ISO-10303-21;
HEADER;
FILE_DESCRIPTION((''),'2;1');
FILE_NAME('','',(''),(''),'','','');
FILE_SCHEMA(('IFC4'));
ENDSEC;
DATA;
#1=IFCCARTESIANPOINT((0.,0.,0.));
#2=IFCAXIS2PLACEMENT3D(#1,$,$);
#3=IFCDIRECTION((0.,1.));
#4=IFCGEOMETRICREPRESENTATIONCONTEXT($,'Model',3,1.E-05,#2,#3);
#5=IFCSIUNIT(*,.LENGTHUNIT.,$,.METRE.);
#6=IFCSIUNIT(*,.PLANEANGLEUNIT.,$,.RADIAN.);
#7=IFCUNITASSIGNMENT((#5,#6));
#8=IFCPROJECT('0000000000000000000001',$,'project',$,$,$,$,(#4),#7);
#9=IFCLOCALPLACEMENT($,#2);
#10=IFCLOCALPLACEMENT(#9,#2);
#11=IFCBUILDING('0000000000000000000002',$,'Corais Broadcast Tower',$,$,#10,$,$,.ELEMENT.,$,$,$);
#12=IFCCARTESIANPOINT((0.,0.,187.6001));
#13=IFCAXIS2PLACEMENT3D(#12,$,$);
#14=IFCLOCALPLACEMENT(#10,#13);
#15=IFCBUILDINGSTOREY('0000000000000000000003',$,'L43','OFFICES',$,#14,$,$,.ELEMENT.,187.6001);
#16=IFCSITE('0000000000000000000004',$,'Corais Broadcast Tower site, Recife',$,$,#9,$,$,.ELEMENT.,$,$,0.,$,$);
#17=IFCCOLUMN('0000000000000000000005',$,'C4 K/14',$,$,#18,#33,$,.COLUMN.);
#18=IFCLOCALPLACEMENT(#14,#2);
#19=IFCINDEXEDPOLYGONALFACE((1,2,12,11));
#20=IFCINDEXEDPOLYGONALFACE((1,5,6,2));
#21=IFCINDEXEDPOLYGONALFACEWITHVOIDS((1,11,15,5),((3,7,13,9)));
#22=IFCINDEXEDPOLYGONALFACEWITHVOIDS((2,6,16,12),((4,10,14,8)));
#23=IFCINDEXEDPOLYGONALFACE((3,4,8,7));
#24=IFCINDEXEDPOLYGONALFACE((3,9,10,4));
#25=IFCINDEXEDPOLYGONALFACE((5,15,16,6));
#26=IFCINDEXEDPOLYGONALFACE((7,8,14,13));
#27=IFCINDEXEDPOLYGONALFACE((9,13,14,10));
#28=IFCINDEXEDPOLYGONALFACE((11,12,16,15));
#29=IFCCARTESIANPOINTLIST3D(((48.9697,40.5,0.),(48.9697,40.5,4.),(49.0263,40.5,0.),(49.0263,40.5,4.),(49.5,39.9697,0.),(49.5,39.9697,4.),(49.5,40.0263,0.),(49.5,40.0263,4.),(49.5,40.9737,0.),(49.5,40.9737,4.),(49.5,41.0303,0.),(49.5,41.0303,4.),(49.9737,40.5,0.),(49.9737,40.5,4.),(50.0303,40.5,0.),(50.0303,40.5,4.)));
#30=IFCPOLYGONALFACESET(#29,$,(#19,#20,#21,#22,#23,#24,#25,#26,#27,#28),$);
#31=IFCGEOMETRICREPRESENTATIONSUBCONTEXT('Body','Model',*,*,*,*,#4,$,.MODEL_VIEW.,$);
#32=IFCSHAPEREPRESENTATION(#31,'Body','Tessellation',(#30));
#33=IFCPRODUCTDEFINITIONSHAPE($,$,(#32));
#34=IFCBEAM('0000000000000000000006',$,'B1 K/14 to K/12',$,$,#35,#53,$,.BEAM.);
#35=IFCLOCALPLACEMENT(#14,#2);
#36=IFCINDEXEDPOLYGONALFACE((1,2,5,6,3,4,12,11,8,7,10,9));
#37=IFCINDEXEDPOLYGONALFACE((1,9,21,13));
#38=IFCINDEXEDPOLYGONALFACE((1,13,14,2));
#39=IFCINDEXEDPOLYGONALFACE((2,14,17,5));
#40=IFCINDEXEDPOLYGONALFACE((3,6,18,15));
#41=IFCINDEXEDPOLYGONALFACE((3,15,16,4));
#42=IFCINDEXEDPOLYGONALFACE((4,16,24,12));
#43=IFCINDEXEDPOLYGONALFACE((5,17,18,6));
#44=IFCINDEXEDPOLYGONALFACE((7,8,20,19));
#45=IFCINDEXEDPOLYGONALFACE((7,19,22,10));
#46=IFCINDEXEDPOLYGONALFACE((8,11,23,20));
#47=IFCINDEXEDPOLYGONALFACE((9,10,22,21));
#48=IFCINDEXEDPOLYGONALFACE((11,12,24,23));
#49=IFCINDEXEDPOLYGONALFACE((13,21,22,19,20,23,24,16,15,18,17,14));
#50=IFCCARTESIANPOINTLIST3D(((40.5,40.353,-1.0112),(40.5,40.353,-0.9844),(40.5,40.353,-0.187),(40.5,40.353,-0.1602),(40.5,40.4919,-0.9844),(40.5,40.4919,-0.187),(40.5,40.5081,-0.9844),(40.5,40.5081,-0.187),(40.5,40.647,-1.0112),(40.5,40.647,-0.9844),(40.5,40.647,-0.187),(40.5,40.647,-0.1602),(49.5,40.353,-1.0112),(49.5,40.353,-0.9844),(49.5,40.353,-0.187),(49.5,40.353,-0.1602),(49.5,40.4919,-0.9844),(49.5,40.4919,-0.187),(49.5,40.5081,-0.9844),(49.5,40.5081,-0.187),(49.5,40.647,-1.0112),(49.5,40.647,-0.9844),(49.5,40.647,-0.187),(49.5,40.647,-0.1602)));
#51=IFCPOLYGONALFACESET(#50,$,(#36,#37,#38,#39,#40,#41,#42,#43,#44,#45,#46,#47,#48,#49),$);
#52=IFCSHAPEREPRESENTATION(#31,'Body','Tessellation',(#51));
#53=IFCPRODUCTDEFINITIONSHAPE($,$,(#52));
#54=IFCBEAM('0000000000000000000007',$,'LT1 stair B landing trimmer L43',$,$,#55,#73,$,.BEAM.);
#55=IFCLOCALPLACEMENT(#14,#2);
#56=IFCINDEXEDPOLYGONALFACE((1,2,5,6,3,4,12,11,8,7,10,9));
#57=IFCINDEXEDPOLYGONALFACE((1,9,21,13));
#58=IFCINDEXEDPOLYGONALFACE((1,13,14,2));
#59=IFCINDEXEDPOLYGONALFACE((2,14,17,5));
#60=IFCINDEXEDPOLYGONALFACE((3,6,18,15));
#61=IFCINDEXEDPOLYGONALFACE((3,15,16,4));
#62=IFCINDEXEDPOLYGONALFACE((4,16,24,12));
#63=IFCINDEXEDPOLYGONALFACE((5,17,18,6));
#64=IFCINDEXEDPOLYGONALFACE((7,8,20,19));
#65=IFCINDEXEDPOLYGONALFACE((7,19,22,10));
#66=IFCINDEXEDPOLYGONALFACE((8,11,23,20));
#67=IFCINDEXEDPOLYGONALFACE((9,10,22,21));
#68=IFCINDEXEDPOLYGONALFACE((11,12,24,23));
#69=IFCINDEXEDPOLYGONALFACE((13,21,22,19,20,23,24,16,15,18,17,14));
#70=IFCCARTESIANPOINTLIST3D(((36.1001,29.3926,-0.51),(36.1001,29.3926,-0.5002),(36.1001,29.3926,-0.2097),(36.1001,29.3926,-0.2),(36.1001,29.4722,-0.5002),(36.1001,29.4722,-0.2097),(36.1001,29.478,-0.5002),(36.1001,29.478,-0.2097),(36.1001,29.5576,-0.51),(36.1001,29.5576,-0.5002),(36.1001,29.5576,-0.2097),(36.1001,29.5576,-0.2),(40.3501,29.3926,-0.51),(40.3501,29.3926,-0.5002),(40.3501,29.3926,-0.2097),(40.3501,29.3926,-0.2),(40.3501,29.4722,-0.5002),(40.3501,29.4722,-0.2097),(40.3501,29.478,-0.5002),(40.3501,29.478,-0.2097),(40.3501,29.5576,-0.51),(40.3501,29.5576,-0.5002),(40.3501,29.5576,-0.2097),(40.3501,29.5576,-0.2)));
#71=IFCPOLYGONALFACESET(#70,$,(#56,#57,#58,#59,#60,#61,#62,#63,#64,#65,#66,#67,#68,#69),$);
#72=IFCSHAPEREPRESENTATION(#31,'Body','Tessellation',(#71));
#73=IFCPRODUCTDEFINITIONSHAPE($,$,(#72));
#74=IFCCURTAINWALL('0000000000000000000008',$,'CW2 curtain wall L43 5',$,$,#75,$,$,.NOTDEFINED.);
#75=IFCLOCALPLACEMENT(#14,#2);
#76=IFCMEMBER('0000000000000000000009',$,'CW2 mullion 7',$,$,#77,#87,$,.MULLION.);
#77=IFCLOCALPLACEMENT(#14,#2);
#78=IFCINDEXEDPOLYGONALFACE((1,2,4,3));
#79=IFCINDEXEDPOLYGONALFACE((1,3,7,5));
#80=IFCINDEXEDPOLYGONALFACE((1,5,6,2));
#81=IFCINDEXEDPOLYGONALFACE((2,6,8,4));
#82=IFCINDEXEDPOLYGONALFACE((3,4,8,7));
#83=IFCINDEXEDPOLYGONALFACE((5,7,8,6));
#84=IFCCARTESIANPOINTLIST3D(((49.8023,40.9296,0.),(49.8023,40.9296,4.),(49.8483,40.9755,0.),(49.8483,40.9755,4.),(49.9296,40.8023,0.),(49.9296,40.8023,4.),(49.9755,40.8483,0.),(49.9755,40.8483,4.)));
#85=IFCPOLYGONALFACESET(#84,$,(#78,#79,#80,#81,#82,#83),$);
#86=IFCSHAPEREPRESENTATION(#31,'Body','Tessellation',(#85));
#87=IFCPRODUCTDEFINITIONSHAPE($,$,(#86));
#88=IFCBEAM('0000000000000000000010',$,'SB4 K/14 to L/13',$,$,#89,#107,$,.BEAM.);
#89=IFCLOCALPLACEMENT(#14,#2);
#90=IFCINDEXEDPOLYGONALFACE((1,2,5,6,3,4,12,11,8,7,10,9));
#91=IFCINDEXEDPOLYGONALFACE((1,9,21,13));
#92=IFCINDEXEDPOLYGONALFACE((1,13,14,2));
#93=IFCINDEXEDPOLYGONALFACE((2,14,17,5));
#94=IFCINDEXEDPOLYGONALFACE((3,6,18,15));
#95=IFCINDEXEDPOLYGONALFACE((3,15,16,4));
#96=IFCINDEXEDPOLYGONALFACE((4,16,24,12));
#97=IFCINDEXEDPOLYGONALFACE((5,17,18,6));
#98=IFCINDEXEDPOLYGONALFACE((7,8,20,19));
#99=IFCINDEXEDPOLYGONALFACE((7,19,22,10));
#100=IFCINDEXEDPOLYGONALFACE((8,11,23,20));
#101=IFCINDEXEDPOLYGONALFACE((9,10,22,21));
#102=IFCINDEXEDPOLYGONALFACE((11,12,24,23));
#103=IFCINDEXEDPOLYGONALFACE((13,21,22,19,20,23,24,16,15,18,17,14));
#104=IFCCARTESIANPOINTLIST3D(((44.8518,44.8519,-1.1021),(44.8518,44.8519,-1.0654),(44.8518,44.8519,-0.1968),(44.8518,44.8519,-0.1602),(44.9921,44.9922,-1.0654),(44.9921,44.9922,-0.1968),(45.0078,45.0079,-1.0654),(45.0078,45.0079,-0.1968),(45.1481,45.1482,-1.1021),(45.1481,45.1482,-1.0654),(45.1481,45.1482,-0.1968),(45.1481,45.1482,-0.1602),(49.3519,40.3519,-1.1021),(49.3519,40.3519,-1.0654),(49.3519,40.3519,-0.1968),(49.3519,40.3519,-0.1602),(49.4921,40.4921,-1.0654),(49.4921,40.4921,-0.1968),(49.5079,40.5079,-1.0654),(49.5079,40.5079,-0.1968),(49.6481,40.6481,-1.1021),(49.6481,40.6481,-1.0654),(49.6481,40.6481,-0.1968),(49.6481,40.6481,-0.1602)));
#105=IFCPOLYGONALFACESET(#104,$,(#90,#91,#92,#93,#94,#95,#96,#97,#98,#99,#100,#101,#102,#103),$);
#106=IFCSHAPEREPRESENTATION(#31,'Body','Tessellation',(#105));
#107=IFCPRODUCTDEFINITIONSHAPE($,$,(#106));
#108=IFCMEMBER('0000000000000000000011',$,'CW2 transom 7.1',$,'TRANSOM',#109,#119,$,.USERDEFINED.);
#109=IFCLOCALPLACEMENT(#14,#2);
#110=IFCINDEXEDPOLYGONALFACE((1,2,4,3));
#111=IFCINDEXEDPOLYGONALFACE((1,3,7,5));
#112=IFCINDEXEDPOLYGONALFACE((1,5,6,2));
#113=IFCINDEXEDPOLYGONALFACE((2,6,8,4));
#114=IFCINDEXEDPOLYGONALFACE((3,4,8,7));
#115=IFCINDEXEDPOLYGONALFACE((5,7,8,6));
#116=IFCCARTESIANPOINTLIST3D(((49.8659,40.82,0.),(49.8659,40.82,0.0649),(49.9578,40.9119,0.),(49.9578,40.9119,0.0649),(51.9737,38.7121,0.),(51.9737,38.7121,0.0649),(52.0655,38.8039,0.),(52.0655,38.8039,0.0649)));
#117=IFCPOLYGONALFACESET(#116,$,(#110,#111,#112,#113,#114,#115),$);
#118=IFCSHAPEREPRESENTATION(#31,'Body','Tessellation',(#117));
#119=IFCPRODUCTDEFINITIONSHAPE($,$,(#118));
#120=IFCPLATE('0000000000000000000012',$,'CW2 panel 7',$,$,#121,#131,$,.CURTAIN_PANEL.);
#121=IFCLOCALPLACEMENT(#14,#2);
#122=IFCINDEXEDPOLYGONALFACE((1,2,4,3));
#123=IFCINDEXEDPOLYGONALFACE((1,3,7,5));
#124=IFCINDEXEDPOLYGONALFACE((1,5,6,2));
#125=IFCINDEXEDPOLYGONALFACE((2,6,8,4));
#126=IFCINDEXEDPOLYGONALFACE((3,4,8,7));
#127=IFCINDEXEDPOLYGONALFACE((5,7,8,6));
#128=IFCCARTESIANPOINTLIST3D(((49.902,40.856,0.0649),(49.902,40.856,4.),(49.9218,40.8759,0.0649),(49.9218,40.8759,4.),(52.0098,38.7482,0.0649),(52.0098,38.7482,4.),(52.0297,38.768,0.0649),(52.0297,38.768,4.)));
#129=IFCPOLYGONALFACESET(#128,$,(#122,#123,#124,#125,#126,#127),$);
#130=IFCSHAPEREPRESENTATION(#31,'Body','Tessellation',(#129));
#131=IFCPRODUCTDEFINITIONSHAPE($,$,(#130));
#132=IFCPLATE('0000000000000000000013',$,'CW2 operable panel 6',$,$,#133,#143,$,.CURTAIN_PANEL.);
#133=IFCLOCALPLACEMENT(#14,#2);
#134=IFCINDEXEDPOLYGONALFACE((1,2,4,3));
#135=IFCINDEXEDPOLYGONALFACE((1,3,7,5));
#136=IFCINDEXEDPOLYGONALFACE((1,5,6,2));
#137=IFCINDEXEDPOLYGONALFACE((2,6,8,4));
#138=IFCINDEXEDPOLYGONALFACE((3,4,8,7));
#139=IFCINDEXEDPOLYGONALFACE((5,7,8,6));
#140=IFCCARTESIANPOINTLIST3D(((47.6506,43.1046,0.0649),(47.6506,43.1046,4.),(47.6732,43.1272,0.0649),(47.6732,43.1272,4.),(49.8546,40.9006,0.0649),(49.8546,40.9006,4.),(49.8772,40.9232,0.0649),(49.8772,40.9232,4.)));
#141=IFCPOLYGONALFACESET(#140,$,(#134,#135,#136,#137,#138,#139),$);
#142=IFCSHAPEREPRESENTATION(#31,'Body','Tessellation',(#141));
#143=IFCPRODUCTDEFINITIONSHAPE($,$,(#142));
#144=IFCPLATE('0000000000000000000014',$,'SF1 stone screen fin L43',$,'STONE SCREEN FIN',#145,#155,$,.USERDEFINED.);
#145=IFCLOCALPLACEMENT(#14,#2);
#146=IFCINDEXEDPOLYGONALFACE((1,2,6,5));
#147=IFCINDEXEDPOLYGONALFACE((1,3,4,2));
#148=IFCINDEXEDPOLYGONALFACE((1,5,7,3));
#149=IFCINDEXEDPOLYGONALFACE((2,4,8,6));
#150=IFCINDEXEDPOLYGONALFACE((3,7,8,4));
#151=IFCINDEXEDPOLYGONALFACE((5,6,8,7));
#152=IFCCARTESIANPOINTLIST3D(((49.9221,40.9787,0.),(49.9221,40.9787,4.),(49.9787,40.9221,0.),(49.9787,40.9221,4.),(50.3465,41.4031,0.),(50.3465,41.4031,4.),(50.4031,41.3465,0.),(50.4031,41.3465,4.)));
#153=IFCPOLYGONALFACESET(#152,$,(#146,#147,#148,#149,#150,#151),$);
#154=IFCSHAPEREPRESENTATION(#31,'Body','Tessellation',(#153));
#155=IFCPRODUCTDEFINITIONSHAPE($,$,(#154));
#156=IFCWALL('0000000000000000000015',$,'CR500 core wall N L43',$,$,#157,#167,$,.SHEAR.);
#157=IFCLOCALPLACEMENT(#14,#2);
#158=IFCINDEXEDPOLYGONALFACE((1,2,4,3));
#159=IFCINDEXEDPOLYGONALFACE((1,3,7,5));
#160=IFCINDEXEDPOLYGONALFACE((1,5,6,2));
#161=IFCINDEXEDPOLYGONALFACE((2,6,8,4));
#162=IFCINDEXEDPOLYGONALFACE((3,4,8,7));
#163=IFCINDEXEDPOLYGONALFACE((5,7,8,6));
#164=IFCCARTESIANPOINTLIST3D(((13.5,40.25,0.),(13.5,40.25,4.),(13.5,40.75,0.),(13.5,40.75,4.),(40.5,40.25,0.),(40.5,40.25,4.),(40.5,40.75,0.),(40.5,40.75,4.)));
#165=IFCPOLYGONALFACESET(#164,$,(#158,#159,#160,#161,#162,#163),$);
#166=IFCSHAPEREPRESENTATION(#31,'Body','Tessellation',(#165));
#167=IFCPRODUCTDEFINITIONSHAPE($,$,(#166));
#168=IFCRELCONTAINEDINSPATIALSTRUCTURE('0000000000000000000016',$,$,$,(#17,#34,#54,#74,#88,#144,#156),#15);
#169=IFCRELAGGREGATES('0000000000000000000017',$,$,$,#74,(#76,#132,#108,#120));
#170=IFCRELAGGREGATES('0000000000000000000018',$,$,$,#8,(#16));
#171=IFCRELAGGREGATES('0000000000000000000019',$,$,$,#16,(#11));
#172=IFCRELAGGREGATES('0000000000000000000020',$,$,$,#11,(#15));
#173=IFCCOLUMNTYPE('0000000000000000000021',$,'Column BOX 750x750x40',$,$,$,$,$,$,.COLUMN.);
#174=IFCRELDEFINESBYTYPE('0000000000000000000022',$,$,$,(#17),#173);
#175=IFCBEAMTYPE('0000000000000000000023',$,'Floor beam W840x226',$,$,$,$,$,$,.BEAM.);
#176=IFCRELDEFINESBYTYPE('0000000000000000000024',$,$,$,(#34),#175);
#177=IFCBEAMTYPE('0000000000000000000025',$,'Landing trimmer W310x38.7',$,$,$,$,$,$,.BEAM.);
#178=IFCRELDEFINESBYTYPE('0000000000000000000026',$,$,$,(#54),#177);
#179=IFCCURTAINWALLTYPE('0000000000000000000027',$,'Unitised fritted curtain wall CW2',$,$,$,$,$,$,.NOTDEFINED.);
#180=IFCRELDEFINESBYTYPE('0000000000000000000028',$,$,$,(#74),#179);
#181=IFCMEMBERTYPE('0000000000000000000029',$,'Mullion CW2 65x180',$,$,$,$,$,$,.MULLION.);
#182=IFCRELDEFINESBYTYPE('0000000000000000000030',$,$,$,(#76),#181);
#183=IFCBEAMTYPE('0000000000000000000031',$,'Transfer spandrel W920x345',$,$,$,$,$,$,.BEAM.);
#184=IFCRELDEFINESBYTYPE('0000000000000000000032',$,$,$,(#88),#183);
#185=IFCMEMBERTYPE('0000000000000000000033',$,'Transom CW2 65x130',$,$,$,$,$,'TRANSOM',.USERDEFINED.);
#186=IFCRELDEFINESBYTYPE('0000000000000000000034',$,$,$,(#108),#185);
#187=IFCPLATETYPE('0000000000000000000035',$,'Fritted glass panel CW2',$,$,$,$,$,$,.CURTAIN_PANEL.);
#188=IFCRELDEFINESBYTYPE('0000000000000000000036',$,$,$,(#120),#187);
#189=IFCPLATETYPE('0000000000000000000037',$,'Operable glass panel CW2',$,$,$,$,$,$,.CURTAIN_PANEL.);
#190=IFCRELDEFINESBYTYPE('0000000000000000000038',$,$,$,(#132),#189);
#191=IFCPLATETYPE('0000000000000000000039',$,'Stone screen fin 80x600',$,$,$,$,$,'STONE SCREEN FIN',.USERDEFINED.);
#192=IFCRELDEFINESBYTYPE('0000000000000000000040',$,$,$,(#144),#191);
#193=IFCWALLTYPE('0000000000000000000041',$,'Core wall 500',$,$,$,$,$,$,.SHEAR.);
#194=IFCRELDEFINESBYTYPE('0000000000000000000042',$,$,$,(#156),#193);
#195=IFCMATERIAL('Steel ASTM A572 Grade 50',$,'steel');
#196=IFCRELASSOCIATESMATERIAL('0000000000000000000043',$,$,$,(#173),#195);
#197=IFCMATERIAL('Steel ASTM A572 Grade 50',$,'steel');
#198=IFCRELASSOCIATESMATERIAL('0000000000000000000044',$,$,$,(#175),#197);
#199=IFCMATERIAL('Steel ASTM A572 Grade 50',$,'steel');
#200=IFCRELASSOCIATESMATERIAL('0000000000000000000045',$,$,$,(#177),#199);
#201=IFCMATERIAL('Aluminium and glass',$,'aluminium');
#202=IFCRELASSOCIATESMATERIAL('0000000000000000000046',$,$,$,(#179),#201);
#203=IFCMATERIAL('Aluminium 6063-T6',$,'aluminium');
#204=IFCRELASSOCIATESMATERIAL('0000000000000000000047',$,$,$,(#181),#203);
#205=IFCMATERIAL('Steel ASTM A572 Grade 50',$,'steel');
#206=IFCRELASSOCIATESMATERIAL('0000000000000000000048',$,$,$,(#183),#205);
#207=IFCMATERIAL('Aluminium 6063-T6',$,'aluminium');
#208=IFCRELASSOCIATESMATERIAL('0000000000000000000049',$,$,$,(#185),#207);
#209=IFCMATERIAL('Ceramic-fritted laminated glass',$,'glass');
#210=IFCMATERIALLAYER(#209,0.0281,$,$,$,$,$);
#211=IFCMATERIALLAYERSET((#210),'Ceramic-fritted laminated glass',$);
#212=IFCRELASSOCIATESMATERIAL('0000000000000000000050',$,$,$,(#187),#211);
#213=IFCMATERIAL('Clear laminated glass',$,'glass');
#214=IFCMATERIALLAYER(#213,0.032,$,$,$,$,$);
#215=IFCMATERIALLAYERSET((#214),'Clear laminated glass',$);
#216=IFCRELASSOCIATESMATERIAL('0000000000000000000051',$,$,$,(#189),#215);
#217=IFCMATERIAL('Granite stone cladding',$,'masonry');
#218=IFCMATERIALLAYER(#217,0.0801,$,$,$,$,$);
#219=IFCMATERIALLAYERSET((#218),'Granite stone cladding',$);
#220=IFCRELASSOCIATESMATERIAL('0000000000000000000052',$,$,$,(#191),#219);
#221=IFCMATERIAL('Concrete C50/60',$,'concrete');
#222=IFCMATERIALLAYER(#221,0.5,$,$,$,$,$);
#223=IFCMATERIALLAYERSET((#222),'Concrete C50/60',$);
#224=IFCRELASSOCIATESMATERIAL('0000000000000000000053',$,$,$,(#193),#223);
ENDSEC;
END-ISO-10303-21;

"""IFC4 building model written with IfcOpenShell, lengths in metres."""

from ifc_helpers import new_model, si_unit, direction, frame, frame_2d, origin, origin_2d, place, context, subcontext, project, spatial, rectangle, hollow_rectangle, i_section, extrude, material, layer, layer_set, material_profile, profile_set, type_object, element, aggregate, save


model = new_model("IFC4")

# Units and contexts
model_context = context("Model", 3, precision=1e-05, world=origin(), true_north=direction((0.0, 1.0)))
body_context = subcontext(model_context, "Body", "Model", "MODEL_VIEW")
ifc_project = project(units=[si_unit("LENGTHUNIT", "METRE"), si_unit("PLANEANGLEUNIT", "RADIAN")], contexts=[model_context])

# Site, building, storey
site_placement = place(None, origin())
site = spatial("IfcSite", under=ifc_project, at=site_placement, Name="Corais Broadcast Tower site, Recife", CompositionType="ELEMENT", RefElevation=0.0)
building_placement = place(site_placement, origin())
building = spatial("IfcBuilding", under=site, at=building_placement, Name="Corais Broadcast Tower", CompositionType="ELEMENT")
storey_placement = place(building_placement, frame((0.0, 0.0, 187.6001)))
storey = spatial("IfcBuildingStorey", under=building, at=storey_placement, Name="L43", Description="OFFICES", CompositionType="ELEMENT", Elevation=187.6001)

# Column
ifc_material_1 = material(Name="Steel ASTM A572 Grade 50", Category="steel")
ifc_material_profile_1 = material_profile(ifc_material_1, hollow_rectangle(XDim=0.75, YDim=0.75, WallThickness=0.04, at=origin_2d()), Name="BOX 750x750x40")
ifc_profile_set_1 = profile_set([ifc_material_profile_1], Name="Steel ASTM A572 Grade 50")
column_type = type_object("IfcColumnType", Name="Column BOX 750x750x40", PredefinedType="COLUMN", material=ifc_profile_set_1)
column_placement = place(storey_placement, frame((49.5, 40.5, 0.0), z_axis=(0.0, 0.0, 1.0), x_axis=(0.707107, 0.707107, 0.0)))
element("IfcColumn", 1, at=column_placement, inside=storey, type_object=column_type, Name="C4 K/14", PredefinedType="COLUMN", context=body_context, shape_type="SweptSolid", body=[
    extrude(hollow_rectangle(XDim=0.75, YDim=0.75, WallThickness=0.04, at=origin_2d()), origin(), (0.0, 0.0, 1.0), 4.0),
])

# Beams
ifc_material_2 = material(Name="Steel ASTM A572 Grade 50", Category="steel")
ifc_material_profile_2 = material_profile(ifc_material_2, i_section(OverallWidth=0.2939, OverallDepth=0.8511, WebThickness=0.0161, FlangeThickness=0.0269, at=origin_2d()), Name="W840x226")
ifc_profile_set_2 = profile_set([ifc_material_profile_2], Name="Steel ASTM A572 Grade 50")
beam_type_1 = type_object("IfcBeamType", Name="Floor beam W840x226", PredefinedType="BEAM", material=ifc_profile_set_2)
beam_1_placement = place(storey_placement, frame((49.5, 40.5, -0.5857), z_axis=(-1.0, 0.0, 0.0), x_axis=(0.0, -1.0, 0.0)))
element("IfcBeam", 2, at=beam_1_placement, inside=storey, type_object=beam_type_1, Name="B1 K/14 to K/12", PredefinedType="BEAM", context=body_context, shape_type="SweptSolid", body=[
    extrude(i_section(OverallWidth=0.2939, OverallDepth=0.8511, WebThickness=0.0161, FlangeThickness=0.0269, at=origin_2d()), origin(), (0.0, 0.0, 1.0), 9.0),
])
ifc_material_3 = material(Name="Steel ASTM A572 Grade 50", Category="steel")
ifc_material_profile_3 = material_profile(ifc_material_3, i_section(OverallWidth=0.165, OverallDepth=0.3101, WebThickness=0.0059, FlangeThickness=0.0098, at=origin_2d()), Name="W310x38.7")
ifc_profile_set_3 = profile_set([ifc_material_profile_3], Name="Steel ASTM A572 Grade 50")
beam_type_2 = type_object("IfcBeamType", Name="Landing trimmer W310x38.7", PredefinedType="BEAM", material=ifc_profile_set_3)
beam_2_placement = place(storey_placement, frame((36.1001, 29.4751, -0.355), z_axis=(1.0, 0.0, 0.0), x_axis=(0.0, 1.0, 0.0)))
element("IfcBeam", 3, at=beam_2_placement, inside=storey, type_object=beam_type_2, Name="LT1 stair B landing trimmer L43", PredefinedType="BEAM", context=body_context, shape_type="SweptSolid", body=[
    extrude(i_section(OverallWidth=0.165, OverallDepth=0.3101, WebThickness=0.0059, FlangeThickness=0.0098, at=origin_2d()), origin(), (0.0, 0.0, 1.0), 4.25),
])

# Curtain wall, member
ifc_material_4 = material(Name="Aluminium and glass", Category="aluminium")
curtain_wall_type = type_object("IfcCurtainWallType", Name="Unitised fritted curtain wall CW2", PredefinedType="NOTDEFINED", material=ifc_material_4)
curtain_wall_placement = place(storey_placement, origin())
curtain_wall = element("IfcCurtainWall", 4, at=curtain_wall_placement, inside=storey, type_object=curtain_wall_type, Name="CW2 curtain wall L43 5", PredefinedType="NOTDEFINED")
ifc_material_5 = material(Name="Aluminium 6063-T6", Category="aluminium")
ifc_material_profile_4 = material_profile(ifc_material_5, rectangle(XDim=0.0649, YDim=0.1799, at=origin_2d()), Name="Mullion CW2 65x180")
ifc_profile_set_4 = profile_set([ifc_material_profile_4], Name="Aluminium 6063-T6")
member_type_1 = type_object("IfcMemberType", Name="Mullion CW2 65x180", PredefinedType="MULLION", material=ifc_profile_set_4)
member_1_placement = place(storey_placement, frame((49.8889, 40.8889, 0.0), z_axis=(0.0, 0.0, 1.0), x_axis=(0.707107, 0.707107, 0.0)))
member_1 = element("IfcMember", 5, at=member_1_placement, type_object=member_type_1, Name="CW2 mullion 7", PredefinedType="MULLION", context=body_context, shape_type="SweptSolid", body=[
    extrude(rectangle(XDim=0.0649, YDim=0.1799, at=origin_2d()), origin(), (0.0, 0.0, 1.0), 4.0),
])

# Beam
ifc_material_6 = material(Name="Steel ASTM A572 Grade 50", Category="steel")
ifc_material_profile_5 = material_profile(ifc_material_6, i_section(OverallWidth=0.4189, OverallDepth=0.9419, WebThickness=0.0222, FlangeThickness=0.0366, at=origin_2d()), Name="W920x345")
ifc_profile_set_5 = profile_set([ifc_material_profile_5], Name="Steel ASTM A572 Grade 50")
beam_type_3 = type_object("IfcBeamType", Name="Transfer spandrel W920x345", PredefinedType="BEAM", material=ifc_profile_set_5)
beam_3_placement = place(storey_placement, frame((49.5, 40.5, -0.6311), z_axis=(-0.707107, 0.707107, 0.0), x_axis=(-0.707107, -0.707107, 0.0)))
element("IfcBeam", 6, at=beam_3_placement, inside=storey, type_object=beam_type_3, Name="SB4 K/14 to L/13", PredefinedType="BEAM", context=body_context, shape_type="SweptSolid", body=[
    extrude(i_section(OverallWidth=0.4189, OverallDepth=0.9419, WebThickness=0.0222, FlangeThickness=0.0366, at=origin_2d()), origin(), (0.0, 0.0, 1.0), 6.364),
])

# Member
ifc_material_7 = material(Name="Aluminium 6063-T6", Category="aluminium")
ifc_material_profile_6 = material_profile(ifc_material_7, rectangle(XDim=0.1299, YDim=0.0649, at=origin_2d()), Name="Transom CW2 65x130")
ifc_profile_set_6 = profile_set([ifc_material_profile_6], Name="Aluminium 6063-T6")
member_type_2 = type_object("IfcMemberType", Name="Transom CW2 65x130", ElementType="TRANSOM", PredefinedType="USERDEFINED", material=ifc_profile_set_6)
member_2_placement = place(storey_placement, frame((49.9119, 40.866, 0.0325), z_axis=(0.707066, -0.707148, 0.0), x_axis=(0.707148, 0.707066, 0.0)))
member_2 = element("IfcMember", 7, at=member_2_placement, type_object=member_type_2, Name="CW2 transom 7.1", ObjectType="TRANSOM", PredefinedType="USERDEFINED", context=body_context, shape_type="SweptSolid", body=[
    extrude(rectangle(XDim=0.1299, YDim=0.0649, at=origin_2d()), origin(), (0.0, 0.0, 1.0), 2.981),
])

# Plates
ifc_material_8 = material(Name="Ceramic-fritted laminated glass", Category="glass")
ifc_layer_1 = layer(ifc_material_8, 0.0281)
ifc_layer_set_1 = layer_set([ifc_layer_1], Name="Ceramic-fritted laminated glass")
plate_type_1 = type_object("IfcPlateType", Name="Fritted glass panel CW2", PredefinedType="CURTAIN_PANEL", material=ifc_layer_set_1)
plate_1_placement = place(storey_placement, frame((50.9658, 39.812, 0.0649), z_axis=(0.0, 0.0, 1.0), x_axis=(0.707107, -0.707107, 0.0)))
plate_1 = element("IfcPlate", 8, at=plate_1_placement, type_object=plate_type_1, Name="CW2 panel 7", PredefinedType="CURTAIN_PANEL", context=body_context, shape_type="SweptSolid", body=[
    extrude(rectangle(XDim=2.981, YDim=0.0281, at=origin_2d()), origin(), (0.0, 0.0, 1.0), 3.9351),
])
ifc_material_9 = material(Name="Clear laminated glass", Category="glass")
ifc_layer_2 = layer(ifc_material_9, 0.032)
ifc_layer_set_2 = layer_set([ifc_layer_2], Name="Clear laminated glass")
plate_type_2 = type_object("IfcPlateType", Name="Operable glass panel CW2", PredefinedType="CURTAIN_PANEL", material=ifc_layer_set_2)
plate_2_placement = place(storey_placement, frame((48.7639, 42.0139, 0.0649), z_axis=(0.0, 0.0, 1.0), x_axis=(0.707107, -0.707107, 0.0)))
plate_2 = element("IfcPlate", 9, at=plate_2_placement, type_object=plate_type_2, Name="CW2 operable panel 6", PredefinedType="CURTAIN_PANEL", context=body_context, shape_type="SweptSolid", body=[
    extrude(rectangle(XDim=3.1169, YDim=0.032, at=origin_2d()), origin(), (0.0, 0.0, 1.0), 3.9351),
])
aggregate(curtain_wall, [member_1, plate_2, member_2, plate_1])
ifc_material_10 = material(Name="Granite stone cladding", Category="masonry")
ifc_layer_3 = layer(ifc_material_10, 0.0801)
ifc_layer_set_3 = layer_set([ifc_layer_3], Name="Granite stone cladding")
plate_type_3 = type_object("IfcPlateType", Name="Stone screen fin 80x600", ElementType="STONE SCREEN FIN", PredefinedType="USERDEFINED", material=ifc_layer_set_3)
plate_3_placement = place(storey_placement, frame((50.1626, 41.1626, 0.0), z_axis=(0.0, 0.0, 1.0), x_axis=(0.707107, -0.707107, 0.0)))
element("IfcPlate", 10, at=plate_3_placement, inside=storey, type_object=plate_type_3, Name="SF1 stone screen fin L43", ObjectType="STONE SCREEN FIN", PredefinedType="USERDEFINED", context=body_context, shape_type="SweptSolid", body=[
    extrude(rectangle(XDim=0.0801, YDim=0.6001, at=origin_2d()), origin(), (0.0, 0.0, 1.0), 4.0),
])

# Wall
ifc_material_11 = material(Name="Concrete C50/60", Category="concrete")
ifc_layer_4 = layer(ifc_material_11, 0.5)
ifc_layer_set_4 = layer_set([ifc_layer_4], Name="Concrete C50/60")
wall_type_1 = type_object("IfcWallType", Name="Core wall 500", PredefinedType="SHEAR", material=ifc_layer_set_4)
wall_1_placement = place(storey_placement, frame((40.5, 40.5, 0.0), z_axis=(0.0, 0.0, 1.0), x_axis=(-1.0, 0.0, 0.0)))
element("IfcWall", 11, at=wall_1_placement, inside=storey, type_object=wall_type_1, Name="CR500 core wall N L43", PredefinedType="SHEAR", context=body_context, shape_type="SweptSolid", body=[
    extrude(rectangle(XDim=27.0, YDim=0.5, at=frame_2d((13.5, 0.0))), origin(), (0.0, 0.0, 1.0), 4.0),
])

save(model, "model.ifc")
